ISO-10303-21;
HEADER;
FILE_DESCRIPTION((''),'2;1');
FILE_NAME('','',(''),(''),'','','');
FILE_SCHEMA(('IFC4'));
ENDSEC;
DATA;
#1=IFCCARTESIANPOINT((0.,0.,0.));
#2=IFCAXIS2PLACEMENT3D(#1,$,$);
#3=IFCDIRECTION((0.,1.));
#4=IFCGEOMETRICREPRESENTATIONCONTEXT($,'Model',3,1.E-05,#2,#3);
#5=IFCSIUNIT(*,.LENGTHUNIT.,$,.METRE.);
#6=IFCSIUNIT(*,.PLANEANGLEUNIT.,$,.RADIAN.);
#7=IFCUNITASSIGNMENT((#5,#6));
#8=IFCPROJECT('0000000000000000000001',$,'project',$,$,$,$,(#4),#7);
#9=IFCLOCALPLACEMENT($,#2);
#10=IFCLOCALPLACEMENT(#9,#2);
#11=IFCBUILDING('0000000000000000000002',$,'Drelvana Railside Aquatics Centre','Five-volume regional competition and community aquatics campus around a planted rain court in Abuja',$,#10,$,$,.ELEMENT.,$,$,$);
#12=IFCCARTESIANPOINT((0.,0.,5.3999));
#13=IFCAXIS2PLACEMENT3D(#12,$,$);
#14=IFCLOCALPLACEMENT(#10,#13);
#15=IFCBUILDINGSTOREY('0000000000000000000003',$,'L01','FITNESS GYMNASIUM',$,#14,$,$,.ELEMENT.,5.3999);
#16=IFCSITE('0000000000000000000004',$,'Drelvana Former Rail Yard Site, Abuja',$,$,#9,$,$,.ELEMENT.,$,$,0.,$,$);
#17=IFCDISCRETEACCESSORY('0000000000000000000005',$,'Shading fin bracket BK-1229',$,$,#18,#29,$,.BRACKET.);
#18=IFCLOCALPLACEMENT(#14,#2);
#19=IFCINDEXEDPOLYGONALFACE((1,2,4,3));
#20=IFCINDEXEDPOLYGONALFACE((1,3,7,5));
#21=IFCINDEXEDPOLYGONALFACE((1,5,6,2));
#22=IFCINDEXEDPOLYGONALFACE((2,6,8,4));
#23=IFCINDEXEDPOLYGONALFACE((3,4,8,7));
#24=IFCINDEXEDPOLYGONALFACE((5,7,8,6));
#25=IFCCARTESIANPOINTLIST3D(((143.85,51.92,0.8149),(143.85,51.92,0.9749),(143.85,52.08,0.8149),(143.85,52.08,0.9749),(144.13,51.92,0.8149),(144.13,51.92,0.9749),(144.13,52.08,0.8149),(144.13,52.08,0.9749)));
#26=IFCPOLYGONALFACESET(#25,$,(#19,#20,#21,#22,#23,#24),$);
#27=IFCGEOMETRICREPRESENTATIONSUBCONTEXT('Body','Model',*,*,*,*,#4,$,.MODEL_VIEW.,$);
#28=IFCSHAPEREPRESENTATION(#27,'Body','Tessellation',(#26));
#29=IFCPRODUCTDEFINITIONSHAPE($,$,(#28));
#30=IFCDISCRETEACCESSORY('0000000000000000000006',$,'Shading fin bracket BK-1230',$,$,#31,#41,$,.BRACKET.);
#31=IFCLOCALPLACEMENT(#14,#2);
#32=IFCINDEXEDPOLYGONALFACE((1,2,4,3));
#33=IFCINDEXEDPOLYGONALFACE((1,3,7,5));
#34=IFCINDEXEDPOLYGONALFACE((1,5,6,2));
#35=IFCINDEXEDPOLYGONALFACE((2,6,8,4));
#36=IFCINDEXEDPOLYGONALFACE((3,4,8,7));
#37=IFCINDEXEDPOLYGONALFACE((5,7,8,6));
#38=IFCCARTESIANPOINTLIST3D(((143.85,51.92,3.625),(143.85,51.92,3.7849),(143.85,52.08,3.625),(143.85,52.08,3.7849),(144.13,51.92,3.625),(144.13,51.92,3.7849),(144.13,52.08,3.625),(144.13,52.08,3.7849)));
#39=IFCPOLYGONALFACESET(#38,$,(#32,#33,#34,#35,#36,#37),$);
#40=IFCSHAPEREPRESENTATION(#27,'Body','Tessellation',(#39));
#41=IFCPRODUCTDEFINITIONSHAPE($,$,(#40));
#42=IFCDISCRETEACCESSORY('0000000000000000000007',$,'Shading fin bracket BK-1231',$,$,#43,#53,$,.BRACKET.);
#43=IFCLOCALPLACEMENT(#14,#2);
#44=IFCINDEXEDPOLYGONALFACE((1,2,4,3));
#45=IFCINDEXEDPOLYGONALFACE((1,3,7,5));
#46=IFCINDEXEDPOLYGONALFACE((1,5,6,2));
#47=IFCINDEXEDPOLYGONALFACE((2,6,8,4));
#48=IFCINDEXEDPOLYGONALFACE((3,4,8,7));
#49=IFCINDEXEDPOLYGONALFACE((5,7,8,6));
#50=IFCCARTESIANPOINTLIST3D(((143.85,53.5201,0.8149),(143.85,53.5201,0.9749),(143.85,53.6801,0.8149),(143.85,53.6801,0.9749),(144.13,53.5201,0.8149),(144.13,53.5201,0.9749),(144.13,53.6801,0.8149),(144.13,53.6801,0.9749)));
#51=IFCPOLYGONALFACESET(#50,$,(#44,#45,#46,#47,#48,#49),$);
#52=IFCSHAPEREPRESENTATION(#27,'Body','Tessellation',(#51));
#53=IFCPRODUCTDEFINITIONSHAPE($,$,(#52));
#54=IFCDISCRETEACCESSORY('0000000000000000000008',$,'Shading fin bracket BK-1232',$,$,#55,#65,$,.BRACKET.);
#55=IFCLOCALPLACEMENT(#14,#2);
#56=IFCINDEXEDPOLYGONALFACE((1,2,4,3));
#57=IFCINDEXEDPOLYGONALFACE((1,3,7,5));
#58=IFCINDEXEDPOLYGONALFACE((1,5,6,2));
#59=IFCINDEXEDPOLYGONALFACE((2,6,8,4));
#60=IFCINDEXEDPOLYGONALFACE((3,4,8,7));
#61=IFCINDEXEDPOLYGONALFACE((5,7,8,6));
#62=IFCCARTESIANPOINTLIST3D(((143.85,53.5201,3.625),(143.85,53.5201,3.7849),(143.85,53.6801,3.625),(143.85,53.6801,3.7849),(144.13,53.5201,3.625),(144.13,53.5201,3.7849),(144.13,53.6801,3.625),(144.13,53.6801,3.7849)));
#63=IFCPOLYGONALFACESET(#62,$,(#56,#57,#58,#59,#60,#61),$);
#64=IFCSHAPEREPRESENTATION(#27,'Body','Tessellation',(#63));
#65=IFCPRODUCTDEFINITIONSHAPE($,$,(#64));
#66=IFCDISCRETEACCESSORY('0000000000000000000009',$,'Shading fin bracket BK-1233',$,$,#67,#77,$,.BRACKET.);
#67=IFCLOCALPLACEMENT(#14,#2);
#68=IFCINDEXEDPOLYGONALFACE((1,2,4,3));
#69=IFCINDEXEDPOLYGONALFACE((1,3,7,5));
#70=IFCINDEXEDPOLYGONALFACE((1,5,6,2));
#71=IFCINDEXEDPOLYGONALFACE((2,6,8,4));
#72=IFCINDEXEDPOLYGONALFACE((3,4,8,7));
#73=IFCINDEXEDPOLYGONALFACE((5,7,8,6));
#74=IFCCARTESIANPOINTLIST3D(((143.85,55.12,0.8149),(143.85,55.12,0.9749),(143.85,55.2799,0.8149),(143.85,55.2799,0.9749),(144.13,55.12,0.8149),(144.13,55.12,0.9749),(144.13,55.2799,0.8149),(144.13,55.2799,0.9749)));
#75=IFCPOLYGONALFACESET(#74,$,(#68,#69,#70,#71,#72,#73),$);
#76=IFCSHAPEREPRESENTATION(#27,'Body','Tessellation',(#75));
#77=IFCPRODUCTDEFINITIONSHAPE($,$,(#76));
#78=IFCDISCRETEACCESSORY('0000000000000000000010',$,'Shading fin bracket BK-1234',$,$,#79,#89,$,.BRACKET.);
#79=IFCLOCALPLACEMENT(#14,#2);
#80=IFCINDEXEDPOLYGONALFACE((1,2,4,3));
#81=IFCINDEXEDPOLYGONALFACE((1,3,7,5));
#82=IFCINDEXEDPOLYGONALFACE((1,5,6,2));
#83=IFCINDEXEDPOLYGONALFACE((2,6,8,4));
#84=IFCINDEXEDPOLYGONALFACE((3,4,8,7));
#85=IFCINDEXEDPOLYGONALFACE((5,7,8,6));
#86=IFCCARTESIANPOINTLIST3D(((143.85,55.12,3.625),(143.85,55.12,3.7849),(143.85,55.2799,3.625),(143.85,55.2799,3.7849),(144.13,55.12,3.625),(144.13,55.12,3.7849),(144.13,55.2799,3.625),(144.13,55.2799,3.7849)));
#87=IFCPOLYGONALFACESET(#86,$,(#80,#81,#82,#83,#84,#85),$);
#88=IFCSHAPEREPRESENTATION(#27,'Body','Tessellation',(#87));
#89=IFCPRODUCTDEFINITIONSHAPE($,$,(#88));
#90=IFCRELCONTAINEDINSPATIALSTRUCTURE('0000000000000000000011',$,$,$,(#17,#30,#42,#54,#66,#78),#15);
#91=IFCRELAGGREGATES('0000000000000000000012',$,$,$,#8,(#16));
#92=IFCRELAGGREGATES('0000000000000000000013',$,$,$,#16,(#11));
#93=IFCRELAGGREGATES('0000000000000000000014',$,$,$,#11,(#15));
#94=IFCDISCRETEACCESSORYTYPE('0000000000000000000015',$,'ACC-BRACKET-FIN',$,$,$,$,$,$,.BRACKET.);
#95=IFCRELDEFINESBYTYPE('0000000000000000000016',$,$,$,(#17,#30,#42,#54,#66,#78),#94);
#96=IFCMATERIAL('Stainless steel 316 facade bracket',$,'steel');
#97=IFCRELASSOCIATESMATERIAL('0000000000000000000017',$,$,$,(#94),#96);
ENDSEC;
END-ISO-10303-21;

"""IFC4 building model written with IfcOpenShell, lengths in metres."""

from ifc_helpers import new_model, si_unit, direction, frame, origin, origin_2d, place, context, subcontext, project, spatial, rectangle, extrude, material, type_object, element, save


model = new_model("IFC4")

# Units and contexts
model_context = context("Model", 3, precision=1e-05, world=origin(), true_north=direction((0.0, 1.0)))
body_context = subcontext(model_context, "Body", "Model", "MODEL_VIEW")
ifc_project = project(units=[si_unit("LENGTHUNIT", "METRE"), si_unit("PLANEANGLEUNIT", "RADIAN")], contexts=[model_context])

# Site, building, storey
site_placement = place(None, origin())
site = spatial("IfcSite", under=ifc_project, at=site_placement, Name="Drelvana Former Rail Yard Site, Abuja", CompositionType="ELEMENT", RefElevation=0.0)
building_placement = place(site_placement, origin())
building = spatial("IfcBuilding", under=site, at=building_placement, Name="Drelvana Railside Aquatics Centre", Description="Five-volume regional competition and community aquatics campus around a planted rain court in Abuja", CompositionType="ELEMENT")
storey_placement = place(building_placement, frame((0.0, 0.0, 5.3999)))
storey = spatial("IfcBuildingStorey", under=building, at=storey_placement, Name="L01", Description="FITNESS GYMNASIUM", CompositionType="ELEMENT", Elevation=5.3999)

# Discrete accessories
ifc_material_1 = material(Name="Stainless steel 316 facade bracket", Category="steel")
discrete_accessory_type = type_object("IfcDiscreteAccessoryType", Name="ACC-BRACKET-FIN", PredefinedType="BRACKET", material=ifc_material_1)
for number, where, z_axis, x_axis, name in (
    (1, (143.99, 52.0, 0.8149), (0.0, 0.0, 1.0), (-1.0, 0.0, 0.0), "Shading fin bracket BK-1229"),
    (2, (143.99, 52.0, 3.625), (0.0, 0.0, 1.0), (-1.0, 0.0, 0.0), "Shading fin bracket BK-1230"),
    (3, (143.99, 53.6001, 0.8149), (0.0, 0.0, 1.0), (-1.0, 0.0, 0.0), "Shading fin bracket BK-1231"),
    (4, (143.99, 53.6001, 3.625), (0.0, 0.0, 1.0), (-1.0, 0.0, 0.0), "Shading fin bracket BK-1232"),
    (5, (143.99, 55.2, 0.8149), (0.0, 0.0, 1.0), (-1.0, 0.0, 0.0), "Shading fin bracket BK-1233"),
    (6, (143.99, 55.2, 3.625), (0.0, 0.0, 1.0), (-1.0, 0.0, 0.0), "Shading fin bracket BK-1234"),
):
    element("IfcDiscreteAccessory", number, at=place(storey_placement, frame(where, z_axis=z_axis, x_axis=x_axis)), inside=storey, type_object=discrete_accessory_type, Name=name, PredefinedType="BRACKET", context=body_context, shape_type="SweptSolid", body=[
        extrude(rectangle(XDim=0.28, YDim=0.1599, at=origin_2d()), origin(), (0.0, 0.0, 1.0), 0.1599),
    ])

save(model, "model.ifc")
